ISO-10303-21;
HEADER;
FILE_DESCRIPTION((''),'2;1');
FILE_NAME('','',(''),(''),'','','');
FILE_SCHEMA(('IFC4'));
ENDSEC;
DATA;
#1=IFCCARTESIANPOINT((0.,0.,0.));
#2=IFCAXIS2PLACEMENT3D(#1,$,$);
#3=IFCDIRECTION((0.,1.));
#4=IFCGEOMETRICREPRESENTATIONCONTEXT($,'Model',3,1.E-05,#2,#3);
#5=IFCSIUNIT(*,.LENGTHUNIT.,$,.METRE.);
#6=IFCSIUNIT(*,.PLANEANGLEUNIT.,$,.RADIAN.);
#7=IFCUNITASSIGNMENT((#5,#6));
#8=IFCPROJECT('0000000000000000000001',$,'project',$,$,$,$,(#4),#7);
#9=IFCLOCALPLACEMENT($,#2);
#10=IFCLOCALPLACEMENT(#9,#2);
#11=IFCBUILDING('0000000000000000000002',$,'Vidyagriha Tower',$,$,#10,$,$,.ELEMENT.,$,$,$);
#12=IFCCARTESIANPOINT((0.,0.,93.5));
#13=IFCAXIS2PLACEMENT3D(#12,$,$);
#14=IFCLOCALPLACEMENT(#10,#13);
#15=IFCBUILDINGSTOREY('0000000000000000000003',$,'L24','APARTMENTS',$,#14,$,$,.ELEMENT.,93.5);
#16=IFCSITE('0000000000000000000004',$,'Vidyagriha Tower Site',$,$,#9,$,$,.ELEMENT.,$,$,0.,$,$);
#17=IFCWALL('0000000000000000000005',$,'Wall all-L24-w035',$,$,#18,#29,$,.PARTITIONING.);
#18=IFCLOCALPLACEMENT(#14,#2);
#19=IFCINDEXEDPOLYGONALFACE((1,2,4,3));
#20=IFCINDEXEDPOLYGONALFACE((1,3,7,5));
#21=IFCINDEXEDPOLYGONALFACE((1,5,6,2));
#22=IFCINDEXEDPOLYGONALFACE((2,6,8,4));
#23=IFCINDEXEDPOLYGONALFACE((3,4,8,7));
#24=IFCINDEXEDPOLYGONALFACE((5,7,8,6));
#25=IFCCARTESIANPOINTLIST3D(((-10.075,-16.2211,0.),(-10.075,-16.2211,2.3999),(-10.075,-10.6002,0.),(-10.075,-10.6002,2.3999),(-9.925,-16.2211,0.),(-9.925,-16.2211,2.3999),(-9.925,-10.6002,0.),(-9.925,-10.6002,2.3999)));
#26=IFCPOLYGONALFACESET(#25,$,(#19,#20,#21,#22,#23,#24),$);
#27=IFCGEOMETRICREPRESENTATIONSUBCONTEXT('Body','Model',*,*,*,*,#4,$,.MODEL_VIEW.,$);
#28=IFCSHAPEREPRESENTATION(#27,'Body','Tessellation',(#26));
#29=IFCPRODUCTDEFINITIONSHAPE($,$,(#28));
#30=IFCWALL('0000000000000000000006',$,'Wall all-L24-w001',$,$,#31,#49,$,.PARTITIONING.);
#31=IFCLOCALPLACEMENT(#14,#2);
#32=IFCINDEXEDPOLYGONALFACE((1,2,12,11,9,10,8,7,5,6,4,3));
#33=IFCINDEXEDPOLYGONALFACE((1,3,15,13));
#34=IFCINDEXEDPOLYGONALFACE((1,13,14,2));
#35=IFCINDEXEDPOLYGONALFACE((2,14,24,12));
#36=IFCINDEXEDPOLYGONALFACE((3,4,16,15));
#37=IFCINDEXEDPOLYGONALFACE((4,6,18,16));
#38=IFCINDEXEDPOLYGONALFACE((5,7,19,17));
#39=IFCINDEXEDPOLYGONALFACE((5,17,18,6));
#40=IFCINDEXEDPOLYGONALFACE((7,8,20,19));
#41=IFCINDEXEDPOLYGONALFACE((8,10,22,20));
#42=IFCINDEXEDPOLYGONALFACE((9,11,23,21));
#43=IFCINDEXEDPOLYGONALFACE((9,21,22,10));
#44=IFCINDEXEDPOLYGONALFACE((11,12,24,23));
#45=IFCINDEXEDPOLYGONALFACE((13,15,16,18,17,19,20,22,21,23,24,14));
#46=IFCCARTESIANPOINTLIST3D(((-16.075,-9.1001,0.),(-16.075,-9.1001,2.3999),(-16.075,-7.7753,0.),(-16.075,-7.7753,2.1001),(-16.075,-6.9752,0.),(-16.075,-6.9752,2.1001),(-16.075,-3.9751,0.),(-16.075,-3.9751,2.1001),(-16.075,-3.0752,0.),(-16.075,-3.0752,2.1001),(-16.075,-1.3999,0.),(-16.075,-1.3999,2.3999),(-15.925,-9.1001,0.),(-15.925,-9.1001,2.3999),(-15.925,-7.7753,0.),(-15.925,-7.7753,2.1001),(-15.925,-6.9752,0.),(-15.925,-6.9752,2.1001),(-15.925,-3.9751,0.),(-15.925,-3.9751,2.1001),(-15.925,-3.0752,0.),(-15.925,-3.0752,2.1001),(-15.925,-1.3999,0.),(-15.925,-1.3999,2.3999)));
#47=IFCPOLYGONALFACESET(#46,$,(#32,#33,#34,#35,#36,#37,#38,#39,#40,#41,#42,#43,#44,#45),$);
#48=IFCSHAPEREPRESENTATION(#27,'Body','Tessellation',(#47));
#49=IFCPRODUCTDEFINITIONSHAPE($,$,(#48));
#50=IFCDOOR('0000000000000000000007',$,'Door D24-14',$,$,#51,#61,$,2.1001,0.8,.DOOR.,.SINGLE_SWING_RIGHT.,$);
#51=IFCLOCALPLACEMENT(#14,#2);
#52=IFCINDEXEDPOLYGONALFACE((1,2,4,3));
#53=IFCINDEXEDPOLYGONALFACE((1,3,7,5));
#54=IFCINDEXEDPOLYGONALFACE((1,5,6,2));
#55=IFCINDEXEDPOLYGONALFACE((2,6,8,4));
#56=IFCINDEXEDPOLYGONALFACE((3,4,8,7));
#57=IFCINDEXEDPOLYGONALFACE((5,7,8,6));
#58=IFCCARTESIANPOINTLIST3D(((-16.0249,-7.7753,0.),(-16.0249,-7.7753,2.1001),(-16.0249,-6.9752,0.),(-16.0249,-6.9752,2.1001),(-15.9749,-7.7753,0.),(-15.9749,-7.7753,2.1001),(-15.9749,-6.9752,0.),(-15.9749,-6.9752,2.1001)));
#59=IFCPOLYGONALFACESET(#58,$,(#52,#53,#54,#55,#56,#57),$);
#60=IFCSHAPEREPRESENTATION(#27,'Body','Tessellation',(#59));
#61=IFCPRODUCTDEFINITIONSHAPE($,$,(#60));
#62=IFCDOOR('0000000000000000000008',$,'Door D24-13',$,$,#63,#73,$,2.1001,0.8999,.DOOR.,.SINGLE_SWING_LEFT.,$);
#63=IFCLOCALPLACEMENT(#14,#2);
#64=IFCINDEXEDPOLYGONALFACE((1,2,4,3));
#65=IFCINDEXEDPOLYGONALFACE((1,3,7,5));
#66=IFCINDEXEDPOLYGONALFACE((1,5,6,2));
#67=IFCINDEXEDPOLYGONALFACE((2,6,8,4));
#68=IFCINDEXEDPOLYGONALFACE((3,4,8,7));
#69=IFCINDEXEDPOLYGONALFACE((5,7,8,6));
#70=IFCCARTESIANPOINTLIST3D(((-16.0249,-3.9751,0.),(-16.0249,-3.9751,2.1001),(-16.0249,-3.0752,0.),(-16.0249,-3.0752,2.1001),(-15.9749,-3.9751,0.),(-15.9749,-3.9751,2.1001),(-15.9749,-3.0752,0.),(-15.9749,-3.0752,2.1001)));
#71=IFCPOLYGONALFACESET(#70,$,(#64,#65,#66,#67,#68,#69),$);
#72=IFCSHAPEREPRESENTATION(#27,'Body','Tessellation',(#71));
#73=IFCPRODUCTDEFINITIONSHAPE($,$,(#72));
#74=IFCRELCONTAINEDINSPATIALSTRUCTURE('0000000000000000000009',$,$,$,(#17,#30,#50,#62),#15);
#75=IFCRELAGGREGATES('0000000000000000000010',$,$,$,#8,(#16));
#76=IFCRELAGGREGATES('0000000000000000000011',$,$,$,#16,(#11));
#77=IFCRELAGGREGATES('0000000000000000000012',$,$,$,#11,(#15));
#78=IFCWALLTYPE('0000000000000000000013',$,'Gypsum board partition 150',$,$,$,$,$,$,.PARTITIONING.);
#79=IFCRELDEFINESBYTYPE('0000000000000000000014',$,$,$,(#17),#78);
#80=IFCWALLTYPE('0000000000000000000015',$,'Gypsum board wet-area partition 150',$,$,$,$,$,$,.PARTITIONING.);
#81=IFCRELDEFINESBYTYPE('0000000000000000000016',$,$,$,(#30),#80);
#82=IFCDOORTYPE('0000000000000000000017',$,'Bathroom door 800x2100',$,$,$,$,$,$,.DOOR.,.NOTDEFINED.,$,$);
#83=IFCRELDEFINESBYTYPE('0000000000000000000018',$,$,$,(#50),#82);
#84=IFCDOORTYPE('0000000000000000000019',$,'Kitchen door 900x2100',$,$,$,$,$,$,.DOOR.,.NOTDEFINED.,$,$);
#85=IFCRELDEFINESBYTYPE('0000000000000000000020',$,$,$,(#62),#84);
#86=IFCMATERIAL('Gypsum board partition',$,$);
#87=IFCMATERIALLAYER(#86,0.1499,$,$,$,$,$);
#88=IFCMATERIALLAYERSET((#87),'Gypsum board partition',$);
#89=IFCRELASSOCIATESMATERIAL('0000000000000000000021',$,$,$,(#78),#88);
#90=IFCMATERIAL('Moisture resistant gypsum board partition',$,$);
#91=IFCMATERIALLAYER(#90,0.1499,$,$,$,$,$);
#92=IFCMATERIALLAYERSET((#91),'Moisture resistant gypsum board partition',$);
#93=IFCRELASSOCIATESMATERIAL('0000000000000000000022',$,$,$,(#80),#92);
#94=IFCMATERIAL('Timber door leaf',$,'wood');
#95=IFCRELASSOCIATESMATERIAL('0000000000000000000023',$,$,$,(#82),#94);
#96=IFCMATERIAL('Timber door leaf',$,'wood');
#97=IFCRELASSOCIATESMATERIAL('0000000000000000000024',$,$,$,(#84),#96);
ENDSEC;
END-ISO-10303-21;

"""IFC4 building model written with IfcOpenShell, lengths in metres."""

from ifc_helpers import new_model, si_unit, direction, frame, frame_2d, origin, place, context, subcontext, project, spatial, rectangle, extrude, material, layer, layer_set, type_object, element, fill, save


model = new_model("IFC4")

# Units and contexts
model_context = context("Model", 3, precision=1e-05, world=origin(), true_north=direction((0.0, 1.0)))
body_context = subcontext(model_context, "Body", "Model", "MODEL_VIEW")
ifc_project = project(units=[si_unit("LENGTHUNIT", "METRE"), si_unit("PLANEANGLEUNIT", "RADIAN")], contexts=[model_context])

# Site, building, storey
site_placement = place(None, origin())
site = spatial("IfcSite", under=ifc_project, at=site_placement, Name="Vidyagriha Tower Site", CompositionType="ELEMENT", RefElevation=0.0)
building_placement = place(site_placement, origin())
building = spatial("IfcBuilding", under=site, at=building_placement, Name="Vidyagriha Tower", CompositionType="ELEMENT")
storey_placement = place(building_placement, frame((0.0, 0.0, 93.5)))
storey = spatial("IfcBuildingStorey", under=building, at=storey_placement, Name="L24", Description="APARTMENTS", CompositionType="ELEMENT", Elevation=93.5)

# Shared definitions
ifc_material_1 = material(Name="Gypsum board partition")
ifc_layer_1 = layer(ifc_material_1, 0.1499)
ifc_layer_set_1 = layer_set([ifc_layer_1], Name="Gypsum board partition")
wall_type_1 = type_object("IfcWallType", Name="Gypsum board partition 150", PredefinedType="PARTITIONING", material=ifc_layer_set_1)

# Wall
wall_1_placement = place(storey_placement, frame((-10.0, -10.6001, 0.0), z_axis=(0.0, 0.0, 1.0), x_axis=(0.0, -1.0, 0.0)))
element("IfcWall", 1, at=wall_1_placement, inside=storey, type_object=wall_type_1, Name="Wall all-L24-w035", PredefinedType="PARTITIONING", context=body_context, shape_type="SweptSolid", body=[
    extrude(rectangle(XDim=5.6208, YDim=0.1499, at=frame_2d((2.8105, 0.0))), origin(), (0.0, 0.0, 1.0), 2.3999),
])

# Wall, openings, doors
ifc_material_2 = material(Name="Moisture resistant gypsum board partition")
ifc_layer_2 = layer(ifc_material_2, 0.1499)
ifc_layer_set_2 = layer_set([ifc_layer_2], Name="Moisture resistant gypsum board partition")
wall_type_2 = type_object("IfcWallType", Name="Gypsum board wet-area partition 150", PredefinedType="PARTITIONING", material=ifc_layer_set_2)
wall_2_placement = place(storey_placement, frame((-16.0, -9.1001, 0.0), z_axis=(0.0, 0.0, 1.0), x_axis=(0.0, 1.0, 0.0)))
wall_2 = element("IfcWall", 2, at=wall_2_placement, inside=storey, type_object=wall_type_2, Name="Wall all-L24-w001", PredefinedType="PARTITIONING", context=body_context, shape_type="SweptSolid", body=[
    extrude(rectangle(XDim=7.7002, YDim=0.1499, at=frame_2d((3.8501, 0.0))), origin(), (0.0, 0.0, 1.0), 2.3999),
])
opening_1_placement = place(wall_2_placement, frame((5.125, 0.0, 0.0)))
opening_1 = element("IfcOpeningElement", 3, at=opening_1_placement, cuts=wall_2, PredefinedType="OPENING", context=body_context, shape_type="SweptSolid", body=[
    extrude(rectangle(XDim=0.8999, YDim=2.1001, at=frame_2d((0.45, 1.05))), frame((0.0, 0.085, 0.0), z_axis=(0.0, -1.0, 0.0), x_axis=(1.0, 0.0, 0.0)), (0.0, 0.0, 1.0), 0.1699),
])
opening_2_placement = place(wall_2_placement, frame((1.325, 0.0, 0.0)))
opening_2 = element("IfcOpeningElement", 4, at=opening_2_placement, cuts=wall_2, PredefinedType="OPENING", context=body_context, shape_type="SweptSolid", body=[
    extrude(rectangle(XDim=0.8, YDim=2.1001, at=frame_2d((0.3999, 1.05))), frame((0.0, 0.085, 0.0), z_axis=(0.0, -1.0, 0.0), x_axis=(1.0, 0.0, 0.0)), (0.0, 0.0, 1.0), 0.1699),
])
ifc_material_3 = material(Name="Timber door leaf", Category="wood")
door_type_1 = type_object("IfcDoorType", Name="Bathroom door 800x2100", OperationType="NOTDEFINED", PredefinedType="DOOR", material=ifc_material_3)
door_1_placement = place(opening_2_placement, origin())
door_1 = element("IfcDoor", 5, at=door_1_placement, inside=storey, type_object=door_type_1, Name="Door D24-14", OperationType="SINGLE_SWING_RIGHT", OverallHeight=2.1001, OverallWidth=0.8, PredefinedType="DOOR", context=body_context, shape_type="SweptSolid", body=[
    extrude(rectangle(XDim=0.8, YDim=2.1001, at=frame_2d((0.3999, 1.05))), frame((0.0, 0.0249, 0.0), z_axis=(0.0, -1.0, 0.0), x_axis=(1.0, 0.0, 0.0)), (0.0, 0.0, 1.0), 0.05),
])
fill(opening_2, door_1)
ifc_material_4 = material(Name="Timber door leaf", Category="wood")
door_type_2 = type_object("IfcDoorType", Name="Kitchen door 900x2100", OperationType="NOTDEFINED", PredefinedType="DOOR", material=ifc_material_4)
door_2_placement = place(opening_1_placement, origin())
door_2 = element("IfcDoor", 6, at=door_2_placement, inside=storey, type_object=door_type_2, Name="Door D24-13", OperationType="SINGLE_SWING_LEFT", OverallHeight=2.1001, OverallWidth=0.8999, PredefinedType="DOOR", context=body_context, shape_type="SweptSolid", body=[
    extrude(rectangle(XDim=0.8999, YDim=2.1001, at=frame_2d((0.45, 1.05))), frame((0.0, 0.0249, 0.0), z_axis=(0.0, -1.0, 0.0), x_axis=(1.0, 0.0, 0.0)), (0.0, 0.0, 1.0), 0.05),
])
fill(opening_1, door_2)

save(model, "model.ifc")
